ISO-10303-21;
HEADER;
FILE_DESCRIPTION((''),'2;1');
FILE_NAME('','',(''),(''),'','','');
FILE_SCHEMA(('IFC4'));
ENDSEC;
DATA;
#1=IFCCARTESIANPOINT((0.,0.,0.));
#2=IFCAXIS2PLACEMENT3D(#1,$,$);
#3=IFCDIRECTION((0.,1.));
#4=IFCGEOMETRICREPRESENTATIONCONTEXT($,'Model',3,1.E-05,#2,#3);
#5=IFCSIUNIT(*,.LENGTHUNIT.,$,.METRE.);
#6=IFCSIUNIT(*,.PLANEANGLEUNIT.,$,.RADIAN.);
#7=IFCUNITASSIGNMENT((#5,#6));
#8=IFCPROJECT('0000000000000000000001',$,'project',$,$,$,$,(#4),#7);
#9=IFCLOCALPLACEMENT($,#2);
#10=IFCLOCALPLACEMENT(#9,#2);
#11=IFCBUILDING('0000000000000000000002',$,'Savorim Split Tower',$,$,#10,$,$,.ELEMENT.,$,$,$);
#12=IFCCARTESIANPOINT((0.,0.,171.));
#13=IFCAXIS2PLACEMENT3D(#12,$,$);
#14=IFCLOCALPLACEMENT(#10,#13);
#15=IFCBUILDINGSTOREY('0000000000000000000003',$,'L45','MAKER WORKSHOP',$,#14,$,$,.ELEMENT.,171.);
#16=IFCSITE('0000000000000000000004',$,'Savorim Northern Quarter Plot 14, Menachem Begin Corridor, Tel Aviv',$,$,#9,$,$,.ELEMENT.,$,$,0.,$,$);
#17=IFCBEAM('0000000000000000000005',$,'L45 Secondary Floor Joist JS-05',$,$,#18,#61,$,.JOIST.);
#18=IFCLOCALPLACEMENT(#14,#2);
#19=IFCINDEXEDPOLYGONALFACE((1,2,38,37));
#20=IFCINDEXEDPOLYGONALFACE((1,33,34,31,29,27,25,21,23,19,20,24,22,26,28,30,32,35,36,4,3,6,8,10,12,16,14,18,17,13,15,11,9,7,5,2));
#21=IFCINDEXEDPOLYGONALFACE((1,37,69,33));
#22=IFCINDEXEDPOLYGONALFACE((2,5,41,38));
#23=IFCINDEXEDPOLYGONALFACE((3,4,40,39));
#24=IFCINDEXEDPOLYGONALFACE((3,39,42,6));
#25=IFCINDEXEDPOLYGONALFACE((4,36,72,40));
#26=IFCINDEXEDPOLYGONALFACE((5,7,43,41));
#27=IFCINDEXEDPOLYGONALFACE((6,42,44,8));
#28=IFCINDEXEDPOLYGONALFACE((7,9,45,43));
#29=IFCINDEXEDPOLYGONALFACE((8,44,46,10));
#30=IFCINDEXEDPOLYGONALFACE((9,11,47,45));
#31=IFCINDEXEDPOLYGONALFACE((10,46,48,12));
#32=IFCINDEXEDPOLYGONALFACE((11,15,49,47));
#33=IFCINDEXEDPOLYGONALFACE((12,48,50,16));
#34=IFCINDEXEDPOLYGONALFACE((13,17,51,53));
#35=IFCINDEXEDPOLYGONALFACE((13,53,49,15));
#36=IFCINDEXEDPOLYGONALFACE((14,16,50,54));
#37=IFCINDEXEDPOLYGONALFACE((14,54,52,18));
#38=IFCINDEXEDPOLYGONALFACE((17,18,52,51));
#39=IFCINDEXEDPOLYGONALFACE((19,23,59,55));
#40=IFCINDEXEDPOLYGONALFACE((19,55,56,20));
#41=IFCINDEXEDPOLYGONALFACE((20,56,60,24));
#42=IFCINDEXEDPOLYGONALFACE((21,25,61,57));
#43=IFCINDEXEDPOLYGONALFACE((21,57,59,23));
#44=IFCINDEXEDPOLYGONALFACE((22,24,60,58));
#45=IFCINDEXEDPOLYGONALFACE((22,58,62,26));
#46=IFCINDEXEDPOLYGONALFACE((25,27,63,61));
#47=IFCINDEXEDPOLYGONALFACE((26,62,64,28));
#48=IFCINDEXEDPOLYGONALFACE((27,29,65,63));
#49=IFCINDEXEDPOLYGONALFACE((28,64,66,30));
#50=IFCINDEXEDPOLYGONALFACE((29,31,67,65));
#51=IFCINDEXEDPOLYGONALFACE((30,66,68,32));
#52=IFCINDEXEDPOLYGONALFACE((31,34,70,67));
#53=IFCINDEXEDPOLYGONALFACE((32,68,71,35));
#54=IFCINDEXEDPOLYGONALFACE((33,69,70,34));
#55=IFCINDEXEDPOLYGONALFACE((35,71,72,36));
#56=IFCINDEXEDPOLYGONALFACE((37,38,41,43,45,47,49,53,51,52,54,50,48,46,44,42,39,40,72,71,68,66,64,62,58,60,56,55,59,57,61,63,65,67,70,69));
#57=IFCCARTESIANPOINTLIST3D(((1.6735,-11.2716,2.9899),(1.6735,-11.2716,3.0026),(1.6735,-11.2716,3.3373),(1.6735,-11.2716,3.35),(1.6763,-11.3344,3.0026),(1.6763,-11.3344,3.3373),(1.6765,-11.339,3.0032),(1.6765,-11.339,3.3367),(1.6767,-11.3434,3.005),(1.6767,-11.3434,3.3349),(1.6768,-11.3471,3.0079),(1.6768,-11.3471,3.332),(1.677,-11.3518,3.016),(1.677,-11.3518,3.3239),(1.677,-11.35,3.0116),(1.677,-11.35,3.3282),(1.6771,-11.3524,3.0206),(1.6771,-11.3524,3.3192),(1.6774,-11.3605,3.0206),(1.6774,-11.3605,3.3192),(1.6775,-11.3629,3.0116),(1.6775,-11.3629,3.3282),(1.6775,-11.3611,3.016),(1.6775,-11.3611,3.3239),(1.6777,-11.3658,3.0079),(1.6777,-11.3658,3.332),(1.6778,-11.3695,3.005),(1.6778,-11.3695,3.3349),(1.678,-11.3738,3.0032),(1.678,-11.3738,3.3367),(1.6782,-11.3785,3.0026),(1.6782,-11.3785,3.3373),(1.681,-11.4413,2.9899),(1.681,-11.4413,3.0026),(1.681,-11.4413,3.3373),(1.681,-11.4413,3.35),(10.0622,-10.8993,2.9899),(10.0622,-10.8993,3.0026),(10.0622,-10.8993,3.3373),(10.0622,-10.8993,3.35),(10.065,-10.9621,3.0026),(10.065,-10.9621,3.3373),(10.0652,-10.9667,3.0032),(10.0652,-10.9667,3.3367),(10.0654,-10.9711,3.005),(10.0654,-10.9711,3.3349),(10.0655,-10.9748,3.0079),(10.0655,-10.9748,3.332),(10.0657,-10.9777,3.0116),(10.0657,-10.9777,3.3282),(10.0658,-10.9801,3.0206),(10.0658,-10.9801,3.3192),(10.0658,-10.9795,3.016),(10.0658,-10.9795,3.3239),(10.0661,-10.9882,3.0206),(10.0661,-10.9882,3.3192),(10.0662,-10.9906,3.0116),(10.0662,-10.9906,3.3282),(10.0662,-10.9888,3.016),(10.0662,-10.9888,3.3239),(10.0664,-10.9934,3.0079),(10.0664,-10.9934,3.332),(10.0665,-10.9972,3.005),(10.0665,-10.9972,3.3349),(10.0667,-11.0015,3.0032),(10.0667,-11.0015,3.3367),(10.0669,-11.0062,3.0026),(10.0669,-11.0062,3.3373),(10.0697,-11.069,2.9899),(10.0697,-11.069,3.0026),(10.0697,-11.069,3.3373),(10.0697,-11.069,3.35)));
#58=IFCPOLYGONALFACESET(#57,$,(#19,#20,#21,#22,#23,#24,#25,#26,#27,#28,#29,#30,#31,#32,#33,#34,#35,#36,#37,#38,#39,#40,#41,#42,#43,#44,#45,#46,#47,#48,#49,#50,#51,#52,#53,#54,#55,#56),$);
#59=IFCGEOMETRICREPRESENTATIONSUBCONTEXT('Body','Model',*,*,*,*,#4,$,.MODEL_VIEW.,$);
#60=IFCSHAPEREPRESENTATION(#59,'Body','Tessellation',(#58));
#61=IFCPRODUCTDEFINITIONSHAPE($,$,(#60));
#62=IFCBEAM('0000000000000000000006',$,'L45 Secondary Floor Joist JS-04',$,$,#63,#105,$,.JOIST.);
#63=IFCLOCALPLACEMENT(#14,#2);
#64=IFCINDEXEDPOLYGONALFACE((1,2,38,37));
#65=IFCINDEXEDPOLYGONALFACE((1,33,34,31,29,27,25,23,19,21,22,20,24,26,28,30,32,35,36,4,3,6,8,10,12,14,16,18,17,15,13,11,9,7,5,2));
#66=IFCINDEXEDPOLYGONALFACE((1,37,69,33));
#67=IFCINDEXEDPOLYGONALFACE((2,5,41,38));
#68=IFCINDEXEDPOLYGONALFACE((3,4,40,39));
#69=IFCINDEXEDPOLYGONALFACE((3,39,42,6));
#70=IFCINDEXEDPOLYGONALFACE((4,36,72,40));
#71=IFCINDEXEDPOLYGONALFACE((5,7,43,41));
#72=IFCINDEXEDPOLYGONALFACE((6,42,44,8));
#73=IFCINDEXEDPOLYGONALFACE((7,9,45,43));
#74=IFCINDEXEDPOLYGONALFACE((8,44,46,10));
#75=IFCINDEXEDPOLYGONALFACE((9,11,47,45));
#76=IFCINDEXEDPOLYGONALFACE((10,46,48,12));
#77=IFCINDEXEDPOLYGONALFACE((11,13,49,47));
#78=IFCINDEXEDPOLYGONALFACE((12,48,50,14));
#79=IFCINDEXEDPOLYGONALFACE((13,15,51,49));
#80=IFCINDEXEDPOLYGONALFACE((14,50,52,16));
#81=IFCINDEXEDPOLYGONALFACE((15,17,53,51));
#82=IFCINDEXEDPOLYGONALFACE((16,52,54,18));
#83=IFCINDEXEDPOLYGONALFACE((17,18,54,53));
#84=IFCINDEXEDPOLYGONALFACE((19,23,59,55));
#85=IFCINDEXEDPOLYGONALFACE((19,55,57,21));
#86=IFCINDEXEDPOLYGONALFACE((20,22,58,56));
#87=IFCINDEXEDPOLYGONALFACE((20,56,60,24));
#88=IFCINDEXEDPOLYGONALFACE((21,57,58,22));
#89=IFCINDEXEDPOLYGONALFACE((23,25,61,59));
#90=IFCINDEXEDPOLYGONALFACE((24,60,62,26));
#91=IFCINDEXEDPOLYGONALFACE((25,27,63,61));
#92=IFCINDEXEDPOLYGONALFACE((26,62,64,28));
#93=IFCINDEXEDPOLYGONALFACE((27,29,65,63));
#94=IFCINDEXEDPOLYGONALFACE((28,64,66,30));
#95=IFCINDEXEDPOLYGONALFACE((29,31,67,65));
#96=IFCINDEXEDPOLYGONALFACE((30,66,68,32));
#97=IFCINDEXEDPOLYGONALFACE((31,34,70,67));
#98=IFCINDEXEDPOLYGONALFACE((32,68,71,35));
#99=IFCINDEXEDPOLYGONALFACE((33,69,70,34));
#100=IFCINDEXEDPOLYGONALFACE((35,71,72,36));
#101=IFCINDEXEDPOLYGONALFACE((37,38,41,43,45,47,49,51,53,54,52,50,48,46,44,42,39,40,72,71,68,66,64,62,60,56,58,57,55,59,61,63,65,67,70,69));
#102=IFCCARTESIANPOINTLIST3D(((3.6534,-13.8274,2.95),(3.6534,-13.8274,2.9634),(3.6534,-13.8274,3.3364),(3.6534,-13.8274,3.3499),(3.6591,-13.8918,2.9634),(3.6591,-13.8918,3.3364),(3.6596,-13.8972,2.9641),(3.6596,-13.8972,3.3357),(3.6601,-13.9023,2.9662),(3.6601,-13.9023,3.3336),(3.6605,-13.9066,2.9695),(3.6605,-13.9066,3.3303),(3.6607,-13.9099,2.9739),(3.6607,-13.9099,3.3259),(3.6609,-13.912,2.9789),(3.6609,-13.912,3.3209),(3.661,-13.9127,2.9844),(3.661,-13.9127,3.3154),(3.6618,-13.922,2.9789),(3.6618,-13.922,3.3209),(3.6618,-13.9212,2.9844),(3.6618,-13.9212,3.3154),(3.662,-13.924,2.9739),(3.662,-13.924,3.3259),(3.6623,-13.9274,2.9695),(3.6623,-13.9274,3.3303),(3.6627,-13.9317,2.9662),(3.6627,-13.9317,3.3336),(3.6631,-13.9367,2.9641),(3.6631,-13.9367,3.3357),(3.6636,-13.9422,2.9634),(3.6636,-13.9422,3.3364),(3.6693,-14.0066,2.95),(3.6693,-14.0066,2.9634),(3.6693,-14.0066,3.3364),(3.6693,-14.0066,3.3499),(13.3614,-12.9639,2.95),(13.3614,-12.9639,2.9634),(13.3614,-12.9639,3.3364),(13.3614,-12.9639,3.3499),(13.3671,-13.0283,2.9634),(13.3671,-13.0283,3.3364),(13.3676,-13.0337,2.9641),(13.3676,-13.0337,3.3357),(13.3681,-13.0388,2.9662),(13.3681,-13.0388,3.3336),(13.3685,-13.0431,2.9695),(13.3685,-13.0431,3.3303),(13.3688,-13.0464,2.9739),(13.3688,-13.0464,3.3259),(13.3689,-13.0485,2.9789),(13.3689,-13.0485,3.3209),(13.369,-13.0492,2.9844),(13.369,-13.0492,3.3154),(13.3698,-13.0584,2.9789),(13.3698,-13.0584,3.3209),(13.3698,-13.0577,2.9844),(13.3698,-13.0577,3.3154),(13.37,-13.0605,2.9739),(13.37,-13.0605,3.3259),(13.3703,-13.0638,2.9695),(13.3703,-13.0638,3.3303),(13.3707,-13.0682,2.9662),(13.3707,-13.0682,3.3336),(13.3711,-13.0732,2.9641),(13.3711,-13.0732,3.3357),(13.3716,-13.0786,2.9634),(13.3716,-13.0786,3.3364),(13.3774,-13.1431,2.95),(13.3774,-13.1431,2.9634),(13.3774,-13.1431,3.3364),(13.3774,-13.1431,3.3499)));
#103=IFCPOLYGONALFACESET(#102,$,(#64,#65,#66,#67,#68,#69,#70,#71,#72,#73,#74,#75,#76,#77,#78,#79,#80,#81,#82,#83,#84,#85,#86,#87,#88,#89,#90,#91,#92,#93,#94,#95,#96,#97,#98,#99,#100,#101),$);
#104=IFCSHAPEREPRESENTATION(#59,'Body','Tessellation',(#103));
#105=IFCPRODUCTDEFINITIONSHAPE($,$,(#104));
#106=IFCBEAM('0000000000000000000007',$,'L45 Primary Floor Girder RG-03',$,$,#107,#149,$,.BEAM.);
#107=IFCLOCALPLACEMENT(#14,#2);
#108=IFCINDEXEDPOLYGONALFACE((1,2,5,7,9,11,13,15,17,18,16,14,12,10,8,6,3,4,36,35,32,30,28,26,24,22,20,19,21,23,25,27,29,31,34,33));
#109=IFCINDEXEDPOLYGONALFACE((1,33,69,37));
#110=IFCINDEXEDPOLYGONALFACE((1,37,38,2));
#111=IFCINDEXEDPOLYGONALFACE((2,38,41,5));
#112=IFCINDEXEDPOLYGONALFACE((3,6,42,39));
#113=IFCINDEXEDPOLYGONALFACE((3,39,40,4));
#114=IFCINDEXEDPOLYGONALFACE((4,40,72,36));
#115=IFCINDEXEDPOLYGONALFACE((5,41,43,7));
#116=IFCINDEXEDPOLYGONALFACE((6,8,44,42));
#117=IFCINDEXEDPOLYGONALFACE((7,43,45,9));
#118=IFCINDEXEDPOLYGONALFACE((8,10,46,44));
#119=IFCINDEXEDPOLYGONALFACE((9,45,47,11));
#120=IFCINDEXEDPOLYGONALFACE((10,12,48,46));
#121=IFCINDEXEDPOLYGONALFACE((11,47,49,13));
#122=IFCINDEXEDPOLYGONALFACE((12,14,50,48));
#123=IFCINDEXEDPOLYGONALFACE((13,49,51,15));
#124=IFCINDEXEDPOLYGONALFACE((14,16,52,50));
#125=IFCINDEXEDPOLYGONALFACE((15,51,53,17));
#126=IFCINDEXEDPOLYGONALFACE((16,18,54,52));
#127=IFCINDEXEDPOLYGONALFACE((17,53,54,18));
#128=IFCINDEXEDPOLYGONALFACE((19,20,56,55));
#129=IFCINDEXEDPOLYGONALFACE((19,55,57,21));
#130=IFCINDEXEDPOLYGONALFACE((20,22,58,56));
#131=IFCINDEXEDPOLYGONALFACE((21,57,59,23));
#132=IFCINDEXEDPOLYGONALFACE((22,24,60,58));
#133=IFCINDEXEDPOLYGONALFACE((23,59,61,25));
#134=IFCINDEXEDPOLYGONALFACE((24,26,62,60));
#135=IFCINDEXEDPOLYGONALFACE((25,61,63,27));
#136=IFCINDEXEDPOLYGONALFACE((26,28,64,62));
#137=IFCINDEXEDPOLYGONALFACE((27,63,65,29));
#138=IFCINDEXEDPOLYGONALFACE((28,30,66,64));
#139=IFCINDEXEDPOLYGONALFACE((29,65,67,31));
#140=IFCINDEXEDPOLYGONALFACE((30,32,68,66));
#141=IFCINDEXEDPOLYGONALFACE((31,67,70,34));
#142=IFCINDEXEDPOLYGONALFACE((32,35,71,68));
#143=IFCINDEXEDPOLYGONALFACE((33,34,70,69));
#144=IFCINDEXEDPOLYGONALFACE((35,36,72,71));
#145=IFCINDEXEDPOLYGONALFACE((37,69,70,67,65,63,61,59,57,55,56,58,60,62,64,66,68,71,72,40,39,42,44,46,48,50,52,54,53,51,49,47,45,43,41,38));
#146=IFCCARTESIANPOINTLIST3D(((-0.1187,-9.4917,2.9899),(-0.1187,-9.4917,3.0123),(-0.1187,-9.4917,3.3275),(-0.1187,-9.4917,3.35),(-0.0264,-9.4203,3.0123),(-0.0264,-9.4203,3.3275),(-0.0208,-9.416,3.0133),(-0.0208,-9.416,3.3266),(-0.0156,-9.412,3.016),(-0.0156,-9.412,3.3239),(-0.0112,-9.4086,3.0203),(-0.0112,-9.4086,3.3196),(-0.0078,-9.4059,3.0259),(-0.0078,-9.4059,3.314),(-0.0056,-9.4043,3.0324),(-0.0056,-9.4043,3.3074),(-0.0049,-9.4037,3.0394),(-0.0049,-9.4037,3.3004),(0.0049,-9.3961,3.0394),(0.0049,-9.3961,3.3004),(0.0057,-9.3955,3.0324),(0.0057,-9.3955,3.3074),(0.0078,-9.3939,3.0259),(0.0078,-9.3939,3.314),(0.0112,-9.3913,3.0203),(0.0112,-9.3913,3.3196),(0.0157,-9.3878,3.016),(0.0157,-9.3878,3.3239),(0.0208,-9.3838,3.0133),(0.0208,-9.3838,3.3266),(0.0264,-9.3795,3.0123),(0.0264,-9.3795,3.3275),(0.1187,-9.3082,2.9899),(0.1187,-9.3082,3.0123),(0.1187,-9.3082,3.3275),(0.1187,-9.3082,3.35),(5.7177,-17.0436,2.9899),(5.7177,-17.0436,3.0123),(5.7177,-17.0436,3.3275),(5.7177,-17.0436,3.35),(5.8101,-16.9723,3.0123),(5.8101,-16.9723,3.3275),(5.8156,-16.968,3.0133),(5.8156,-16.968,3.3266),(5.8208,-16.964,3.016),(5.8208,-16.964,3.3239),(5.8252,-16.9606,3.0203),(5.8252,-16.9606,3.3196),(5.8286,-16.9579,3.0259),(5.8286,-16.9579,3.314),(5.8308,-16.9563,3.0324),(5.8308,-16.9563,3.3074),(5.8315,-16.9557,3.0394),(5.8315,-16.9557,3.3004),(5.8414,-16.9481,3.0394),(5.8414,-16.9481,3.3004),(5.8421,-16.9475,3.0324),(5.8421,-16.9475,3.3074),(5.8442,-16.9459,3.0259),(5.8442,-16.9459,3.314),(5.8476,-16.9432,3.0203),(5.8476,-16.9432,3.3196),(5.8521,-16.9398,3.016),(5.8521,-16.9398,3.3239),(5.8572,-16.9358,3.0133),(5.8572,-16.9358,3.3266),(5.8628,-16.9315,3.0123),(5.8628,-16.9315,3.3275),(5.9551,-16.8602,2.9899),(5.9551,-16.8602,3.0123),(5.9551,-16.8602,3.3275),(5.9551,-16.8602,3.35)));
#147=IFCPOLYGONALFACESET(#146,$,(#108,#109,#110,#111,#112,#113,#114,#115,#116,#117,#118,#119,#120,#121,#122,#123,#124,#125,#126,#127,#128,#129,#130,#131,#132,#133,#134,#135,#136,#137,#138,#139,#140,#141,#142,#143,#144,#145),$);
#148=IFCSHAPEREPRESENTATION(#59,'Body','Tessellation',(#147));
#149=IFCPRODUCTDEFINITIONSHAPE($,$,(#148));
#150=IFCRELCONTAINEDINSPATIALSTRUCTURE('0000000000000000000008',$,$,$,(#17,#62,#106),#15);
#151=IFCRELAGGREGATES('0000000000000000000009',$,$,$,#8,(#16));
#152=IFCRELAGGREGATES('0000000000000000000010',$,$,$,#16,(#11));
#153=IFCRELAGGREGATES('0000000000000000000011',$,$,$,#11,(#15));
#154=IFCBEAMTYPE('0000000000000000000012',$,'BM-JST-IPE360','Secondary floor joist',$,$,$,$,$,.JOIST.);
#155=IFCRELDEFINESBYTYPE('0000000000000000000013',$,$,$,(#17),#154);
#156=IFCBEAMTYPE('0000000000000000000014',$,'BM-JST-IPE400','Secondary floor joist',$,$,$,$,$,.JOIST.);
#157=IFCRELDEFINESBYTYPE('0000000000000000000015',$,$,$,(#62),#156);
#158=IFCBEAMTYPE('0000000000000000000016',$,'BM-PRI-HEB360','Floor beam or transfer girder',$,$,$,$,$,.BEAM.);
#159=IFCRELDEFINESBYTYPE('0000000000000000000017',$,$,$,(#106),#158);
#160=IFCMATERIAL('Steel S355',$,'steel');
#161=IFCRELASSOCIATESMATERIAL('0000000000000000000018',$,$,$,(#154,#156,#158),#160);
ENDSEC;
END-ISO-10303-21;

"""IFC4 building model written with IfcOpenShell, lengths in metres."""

from ifc_helpers import new_model, si_unit, direction, frame, origin, origin_2d, place, context, subcontext, project, spatial, i_section, extrude, material, material_profile, profile_set, type_object, element, save


model = new_model("IFC4")

# Units and contexts
model_context = context("Model", 3, precision=1e-05, world=origin(), true_north=direction((0.0, 1.0)))
body_context = subcontext(model_context, "Body", "Model", "MODEL_VIEW")
ifc_project = project(units=[si_unit("LENGTHUNIT", "METRE"), si_unit("PLANEANGLEUNIT", "RADIAN")], contexts=[model_context])

# Site, building, storey
site_placement = place(None, origin())
site = spatial("IfcSite", under=ifc_project, at=site_placement, Name="Savorim Northern Quarter Plot 14, Menachem Begin Corridor, Tel Aviv", CompositionType="ELEMENT", RefElevation=0.0)
building_placement = place(site_placement, origin())
building = spatial("IfcBuilding", under=site, at=building_placement, Name="Savorim Split Tower", CompositionType="ELEMENT")
storey_placement = place(building_placement, frame((0.0, 0.0, 171.0)))
storey = spatial("IfcBuildingStorey", under=building, at=storey_placement, Name="L45", Description="MAKER WORKSHOP", CompositionType="ELEMENT", Elevation=171.0)

# Beams
ifc_material_1 = material(Name="Steel S355", Category="steel")
ifc_material_profile_1 = material_profile(ifc_material_1, i_section(OverallWidth=0.1699, OverallDepth=0.3601, WebThickness=0.0081, FlangeThickness=0.0127, FilletRadius=0.0181, at=origin_2d()), Name="IPE 360")
ifc_profile_set_1 = profile_set([ifc_material_profile_1], Name="Steel S355")
beam_type_1 = type_object("IfcBeamType", Name="BM-JST-IPE360", Description="Secondary floor joist", PredefinedType="JOIST", material=ifc_profile_set_1)
beam_1_placement = place(storey_placement, frame((1.6772, -11.3564, 3.1699), z_axis=(0.999017, 0.044339, 0.0), x_axis=(-0.044339, 0.999017, 0.0)))
element("IfcBeam", 1, at=beam_1_placement, inside=storey, type_object=beam_type_1, Name="L45 Secondary Floor Joist JS-05", PredefinedType="JOIST", context=body_context, shape_type="SweptSolid", body=[
    extrude(i_section(OverallWidth=0.1699, OverallDepth=0.3601, WebThickness=0.0081, FlangeThickness=0.0127, FilletRadius=0.0181, at=origin_2d()), origin(), (0.0, 0.0, 1.0), 8.397),
])
ifc_material_profile_2 = material_profile(ifc_material_1, i_section(OverallWidth=0.1799, OverallDepth=0.3999, WebThickness=0.0085, FlangeThickness=0.0134, FilletRadius=0.021, at=origin_2d()), Name="IPE 400")
ifc_profile_set_2 = profile_set([ifc_material_profile_2], Name="Steel S355")
beam_type_2 = type_object("IfcBeamType", Name="BM-JST-IPE400", Description="Secondary floor joist", PredefinedType="JOIST", material=ifc_profile_set_2)
beam_2_placement = place(storey_placement, frame((3.6614, -13.917, 3.1499), z_axis=(0.996067, 0.0886, 0.0), x_axis=(-0.0886, 0.996067, 0.0)))
element("IfcBeam", 2, at=beam_2_placement, inside=storey, type_object=beam_type_2, Name="L45 Secondary Floor Joist JS-04", PredefinedType="JOIST", context=body_context, shape_type="SweptSolid", body=[
    extrude(i_section(OverallWidth=0.1799, OverallDepth=0.3999, WebThickness=0.0085, FlangeThickness=0.0134, FilletRadius=0.021, at=origin_2d()), origin(), (0.0, 0.0, 1.0), 9.7463),
])
ifc_material_profile_3 = material_profile(ifc_material_1, i_section(OverallWidth=0.3, OverallDepth=0.3601, WebThickness=0.0125, FlangeThickness=0.0225, FilletRadius=0.0271, at=origin_2d()), Name="HEB 360")
ifc_profile_set_3 = profile_set([ifc_material_profile_3], Name="Steel S355")
beam_type_3 = type_object("IfcBeamType", Name="BM-PRI-HEB360", Description="Floor beam or transfer girder", PredefinedType="BEAM", material=ifc_profile_set_3)
beam_3_placement = place(storey_placement, frame((5.8364, -16.9519, 3.1699), z_axis=(-0.611499, 0.791245, 0.0), x_axis=(-0.791245, -0.611499, 0.0)))
element("IfcBeam", 3, at=beam_3_placement, inside=storey, type_object=beam_type_3, Name="L45 Primary Floor Girder RG-03", PredefinedType="BEAM", context=body_context, shape_type="SweptSolid", body=[
    extrude(i_section(OverallWidth=0.3, OverallDepth=0.3601, WebThickness=0.0125, FlangeThickness=0.0225, FilletRadius=0.0271, at=origin_2d()), origin(), (0.0, 0.0, 1.0), 9.5444),
])

save(model, "model.ifc")
